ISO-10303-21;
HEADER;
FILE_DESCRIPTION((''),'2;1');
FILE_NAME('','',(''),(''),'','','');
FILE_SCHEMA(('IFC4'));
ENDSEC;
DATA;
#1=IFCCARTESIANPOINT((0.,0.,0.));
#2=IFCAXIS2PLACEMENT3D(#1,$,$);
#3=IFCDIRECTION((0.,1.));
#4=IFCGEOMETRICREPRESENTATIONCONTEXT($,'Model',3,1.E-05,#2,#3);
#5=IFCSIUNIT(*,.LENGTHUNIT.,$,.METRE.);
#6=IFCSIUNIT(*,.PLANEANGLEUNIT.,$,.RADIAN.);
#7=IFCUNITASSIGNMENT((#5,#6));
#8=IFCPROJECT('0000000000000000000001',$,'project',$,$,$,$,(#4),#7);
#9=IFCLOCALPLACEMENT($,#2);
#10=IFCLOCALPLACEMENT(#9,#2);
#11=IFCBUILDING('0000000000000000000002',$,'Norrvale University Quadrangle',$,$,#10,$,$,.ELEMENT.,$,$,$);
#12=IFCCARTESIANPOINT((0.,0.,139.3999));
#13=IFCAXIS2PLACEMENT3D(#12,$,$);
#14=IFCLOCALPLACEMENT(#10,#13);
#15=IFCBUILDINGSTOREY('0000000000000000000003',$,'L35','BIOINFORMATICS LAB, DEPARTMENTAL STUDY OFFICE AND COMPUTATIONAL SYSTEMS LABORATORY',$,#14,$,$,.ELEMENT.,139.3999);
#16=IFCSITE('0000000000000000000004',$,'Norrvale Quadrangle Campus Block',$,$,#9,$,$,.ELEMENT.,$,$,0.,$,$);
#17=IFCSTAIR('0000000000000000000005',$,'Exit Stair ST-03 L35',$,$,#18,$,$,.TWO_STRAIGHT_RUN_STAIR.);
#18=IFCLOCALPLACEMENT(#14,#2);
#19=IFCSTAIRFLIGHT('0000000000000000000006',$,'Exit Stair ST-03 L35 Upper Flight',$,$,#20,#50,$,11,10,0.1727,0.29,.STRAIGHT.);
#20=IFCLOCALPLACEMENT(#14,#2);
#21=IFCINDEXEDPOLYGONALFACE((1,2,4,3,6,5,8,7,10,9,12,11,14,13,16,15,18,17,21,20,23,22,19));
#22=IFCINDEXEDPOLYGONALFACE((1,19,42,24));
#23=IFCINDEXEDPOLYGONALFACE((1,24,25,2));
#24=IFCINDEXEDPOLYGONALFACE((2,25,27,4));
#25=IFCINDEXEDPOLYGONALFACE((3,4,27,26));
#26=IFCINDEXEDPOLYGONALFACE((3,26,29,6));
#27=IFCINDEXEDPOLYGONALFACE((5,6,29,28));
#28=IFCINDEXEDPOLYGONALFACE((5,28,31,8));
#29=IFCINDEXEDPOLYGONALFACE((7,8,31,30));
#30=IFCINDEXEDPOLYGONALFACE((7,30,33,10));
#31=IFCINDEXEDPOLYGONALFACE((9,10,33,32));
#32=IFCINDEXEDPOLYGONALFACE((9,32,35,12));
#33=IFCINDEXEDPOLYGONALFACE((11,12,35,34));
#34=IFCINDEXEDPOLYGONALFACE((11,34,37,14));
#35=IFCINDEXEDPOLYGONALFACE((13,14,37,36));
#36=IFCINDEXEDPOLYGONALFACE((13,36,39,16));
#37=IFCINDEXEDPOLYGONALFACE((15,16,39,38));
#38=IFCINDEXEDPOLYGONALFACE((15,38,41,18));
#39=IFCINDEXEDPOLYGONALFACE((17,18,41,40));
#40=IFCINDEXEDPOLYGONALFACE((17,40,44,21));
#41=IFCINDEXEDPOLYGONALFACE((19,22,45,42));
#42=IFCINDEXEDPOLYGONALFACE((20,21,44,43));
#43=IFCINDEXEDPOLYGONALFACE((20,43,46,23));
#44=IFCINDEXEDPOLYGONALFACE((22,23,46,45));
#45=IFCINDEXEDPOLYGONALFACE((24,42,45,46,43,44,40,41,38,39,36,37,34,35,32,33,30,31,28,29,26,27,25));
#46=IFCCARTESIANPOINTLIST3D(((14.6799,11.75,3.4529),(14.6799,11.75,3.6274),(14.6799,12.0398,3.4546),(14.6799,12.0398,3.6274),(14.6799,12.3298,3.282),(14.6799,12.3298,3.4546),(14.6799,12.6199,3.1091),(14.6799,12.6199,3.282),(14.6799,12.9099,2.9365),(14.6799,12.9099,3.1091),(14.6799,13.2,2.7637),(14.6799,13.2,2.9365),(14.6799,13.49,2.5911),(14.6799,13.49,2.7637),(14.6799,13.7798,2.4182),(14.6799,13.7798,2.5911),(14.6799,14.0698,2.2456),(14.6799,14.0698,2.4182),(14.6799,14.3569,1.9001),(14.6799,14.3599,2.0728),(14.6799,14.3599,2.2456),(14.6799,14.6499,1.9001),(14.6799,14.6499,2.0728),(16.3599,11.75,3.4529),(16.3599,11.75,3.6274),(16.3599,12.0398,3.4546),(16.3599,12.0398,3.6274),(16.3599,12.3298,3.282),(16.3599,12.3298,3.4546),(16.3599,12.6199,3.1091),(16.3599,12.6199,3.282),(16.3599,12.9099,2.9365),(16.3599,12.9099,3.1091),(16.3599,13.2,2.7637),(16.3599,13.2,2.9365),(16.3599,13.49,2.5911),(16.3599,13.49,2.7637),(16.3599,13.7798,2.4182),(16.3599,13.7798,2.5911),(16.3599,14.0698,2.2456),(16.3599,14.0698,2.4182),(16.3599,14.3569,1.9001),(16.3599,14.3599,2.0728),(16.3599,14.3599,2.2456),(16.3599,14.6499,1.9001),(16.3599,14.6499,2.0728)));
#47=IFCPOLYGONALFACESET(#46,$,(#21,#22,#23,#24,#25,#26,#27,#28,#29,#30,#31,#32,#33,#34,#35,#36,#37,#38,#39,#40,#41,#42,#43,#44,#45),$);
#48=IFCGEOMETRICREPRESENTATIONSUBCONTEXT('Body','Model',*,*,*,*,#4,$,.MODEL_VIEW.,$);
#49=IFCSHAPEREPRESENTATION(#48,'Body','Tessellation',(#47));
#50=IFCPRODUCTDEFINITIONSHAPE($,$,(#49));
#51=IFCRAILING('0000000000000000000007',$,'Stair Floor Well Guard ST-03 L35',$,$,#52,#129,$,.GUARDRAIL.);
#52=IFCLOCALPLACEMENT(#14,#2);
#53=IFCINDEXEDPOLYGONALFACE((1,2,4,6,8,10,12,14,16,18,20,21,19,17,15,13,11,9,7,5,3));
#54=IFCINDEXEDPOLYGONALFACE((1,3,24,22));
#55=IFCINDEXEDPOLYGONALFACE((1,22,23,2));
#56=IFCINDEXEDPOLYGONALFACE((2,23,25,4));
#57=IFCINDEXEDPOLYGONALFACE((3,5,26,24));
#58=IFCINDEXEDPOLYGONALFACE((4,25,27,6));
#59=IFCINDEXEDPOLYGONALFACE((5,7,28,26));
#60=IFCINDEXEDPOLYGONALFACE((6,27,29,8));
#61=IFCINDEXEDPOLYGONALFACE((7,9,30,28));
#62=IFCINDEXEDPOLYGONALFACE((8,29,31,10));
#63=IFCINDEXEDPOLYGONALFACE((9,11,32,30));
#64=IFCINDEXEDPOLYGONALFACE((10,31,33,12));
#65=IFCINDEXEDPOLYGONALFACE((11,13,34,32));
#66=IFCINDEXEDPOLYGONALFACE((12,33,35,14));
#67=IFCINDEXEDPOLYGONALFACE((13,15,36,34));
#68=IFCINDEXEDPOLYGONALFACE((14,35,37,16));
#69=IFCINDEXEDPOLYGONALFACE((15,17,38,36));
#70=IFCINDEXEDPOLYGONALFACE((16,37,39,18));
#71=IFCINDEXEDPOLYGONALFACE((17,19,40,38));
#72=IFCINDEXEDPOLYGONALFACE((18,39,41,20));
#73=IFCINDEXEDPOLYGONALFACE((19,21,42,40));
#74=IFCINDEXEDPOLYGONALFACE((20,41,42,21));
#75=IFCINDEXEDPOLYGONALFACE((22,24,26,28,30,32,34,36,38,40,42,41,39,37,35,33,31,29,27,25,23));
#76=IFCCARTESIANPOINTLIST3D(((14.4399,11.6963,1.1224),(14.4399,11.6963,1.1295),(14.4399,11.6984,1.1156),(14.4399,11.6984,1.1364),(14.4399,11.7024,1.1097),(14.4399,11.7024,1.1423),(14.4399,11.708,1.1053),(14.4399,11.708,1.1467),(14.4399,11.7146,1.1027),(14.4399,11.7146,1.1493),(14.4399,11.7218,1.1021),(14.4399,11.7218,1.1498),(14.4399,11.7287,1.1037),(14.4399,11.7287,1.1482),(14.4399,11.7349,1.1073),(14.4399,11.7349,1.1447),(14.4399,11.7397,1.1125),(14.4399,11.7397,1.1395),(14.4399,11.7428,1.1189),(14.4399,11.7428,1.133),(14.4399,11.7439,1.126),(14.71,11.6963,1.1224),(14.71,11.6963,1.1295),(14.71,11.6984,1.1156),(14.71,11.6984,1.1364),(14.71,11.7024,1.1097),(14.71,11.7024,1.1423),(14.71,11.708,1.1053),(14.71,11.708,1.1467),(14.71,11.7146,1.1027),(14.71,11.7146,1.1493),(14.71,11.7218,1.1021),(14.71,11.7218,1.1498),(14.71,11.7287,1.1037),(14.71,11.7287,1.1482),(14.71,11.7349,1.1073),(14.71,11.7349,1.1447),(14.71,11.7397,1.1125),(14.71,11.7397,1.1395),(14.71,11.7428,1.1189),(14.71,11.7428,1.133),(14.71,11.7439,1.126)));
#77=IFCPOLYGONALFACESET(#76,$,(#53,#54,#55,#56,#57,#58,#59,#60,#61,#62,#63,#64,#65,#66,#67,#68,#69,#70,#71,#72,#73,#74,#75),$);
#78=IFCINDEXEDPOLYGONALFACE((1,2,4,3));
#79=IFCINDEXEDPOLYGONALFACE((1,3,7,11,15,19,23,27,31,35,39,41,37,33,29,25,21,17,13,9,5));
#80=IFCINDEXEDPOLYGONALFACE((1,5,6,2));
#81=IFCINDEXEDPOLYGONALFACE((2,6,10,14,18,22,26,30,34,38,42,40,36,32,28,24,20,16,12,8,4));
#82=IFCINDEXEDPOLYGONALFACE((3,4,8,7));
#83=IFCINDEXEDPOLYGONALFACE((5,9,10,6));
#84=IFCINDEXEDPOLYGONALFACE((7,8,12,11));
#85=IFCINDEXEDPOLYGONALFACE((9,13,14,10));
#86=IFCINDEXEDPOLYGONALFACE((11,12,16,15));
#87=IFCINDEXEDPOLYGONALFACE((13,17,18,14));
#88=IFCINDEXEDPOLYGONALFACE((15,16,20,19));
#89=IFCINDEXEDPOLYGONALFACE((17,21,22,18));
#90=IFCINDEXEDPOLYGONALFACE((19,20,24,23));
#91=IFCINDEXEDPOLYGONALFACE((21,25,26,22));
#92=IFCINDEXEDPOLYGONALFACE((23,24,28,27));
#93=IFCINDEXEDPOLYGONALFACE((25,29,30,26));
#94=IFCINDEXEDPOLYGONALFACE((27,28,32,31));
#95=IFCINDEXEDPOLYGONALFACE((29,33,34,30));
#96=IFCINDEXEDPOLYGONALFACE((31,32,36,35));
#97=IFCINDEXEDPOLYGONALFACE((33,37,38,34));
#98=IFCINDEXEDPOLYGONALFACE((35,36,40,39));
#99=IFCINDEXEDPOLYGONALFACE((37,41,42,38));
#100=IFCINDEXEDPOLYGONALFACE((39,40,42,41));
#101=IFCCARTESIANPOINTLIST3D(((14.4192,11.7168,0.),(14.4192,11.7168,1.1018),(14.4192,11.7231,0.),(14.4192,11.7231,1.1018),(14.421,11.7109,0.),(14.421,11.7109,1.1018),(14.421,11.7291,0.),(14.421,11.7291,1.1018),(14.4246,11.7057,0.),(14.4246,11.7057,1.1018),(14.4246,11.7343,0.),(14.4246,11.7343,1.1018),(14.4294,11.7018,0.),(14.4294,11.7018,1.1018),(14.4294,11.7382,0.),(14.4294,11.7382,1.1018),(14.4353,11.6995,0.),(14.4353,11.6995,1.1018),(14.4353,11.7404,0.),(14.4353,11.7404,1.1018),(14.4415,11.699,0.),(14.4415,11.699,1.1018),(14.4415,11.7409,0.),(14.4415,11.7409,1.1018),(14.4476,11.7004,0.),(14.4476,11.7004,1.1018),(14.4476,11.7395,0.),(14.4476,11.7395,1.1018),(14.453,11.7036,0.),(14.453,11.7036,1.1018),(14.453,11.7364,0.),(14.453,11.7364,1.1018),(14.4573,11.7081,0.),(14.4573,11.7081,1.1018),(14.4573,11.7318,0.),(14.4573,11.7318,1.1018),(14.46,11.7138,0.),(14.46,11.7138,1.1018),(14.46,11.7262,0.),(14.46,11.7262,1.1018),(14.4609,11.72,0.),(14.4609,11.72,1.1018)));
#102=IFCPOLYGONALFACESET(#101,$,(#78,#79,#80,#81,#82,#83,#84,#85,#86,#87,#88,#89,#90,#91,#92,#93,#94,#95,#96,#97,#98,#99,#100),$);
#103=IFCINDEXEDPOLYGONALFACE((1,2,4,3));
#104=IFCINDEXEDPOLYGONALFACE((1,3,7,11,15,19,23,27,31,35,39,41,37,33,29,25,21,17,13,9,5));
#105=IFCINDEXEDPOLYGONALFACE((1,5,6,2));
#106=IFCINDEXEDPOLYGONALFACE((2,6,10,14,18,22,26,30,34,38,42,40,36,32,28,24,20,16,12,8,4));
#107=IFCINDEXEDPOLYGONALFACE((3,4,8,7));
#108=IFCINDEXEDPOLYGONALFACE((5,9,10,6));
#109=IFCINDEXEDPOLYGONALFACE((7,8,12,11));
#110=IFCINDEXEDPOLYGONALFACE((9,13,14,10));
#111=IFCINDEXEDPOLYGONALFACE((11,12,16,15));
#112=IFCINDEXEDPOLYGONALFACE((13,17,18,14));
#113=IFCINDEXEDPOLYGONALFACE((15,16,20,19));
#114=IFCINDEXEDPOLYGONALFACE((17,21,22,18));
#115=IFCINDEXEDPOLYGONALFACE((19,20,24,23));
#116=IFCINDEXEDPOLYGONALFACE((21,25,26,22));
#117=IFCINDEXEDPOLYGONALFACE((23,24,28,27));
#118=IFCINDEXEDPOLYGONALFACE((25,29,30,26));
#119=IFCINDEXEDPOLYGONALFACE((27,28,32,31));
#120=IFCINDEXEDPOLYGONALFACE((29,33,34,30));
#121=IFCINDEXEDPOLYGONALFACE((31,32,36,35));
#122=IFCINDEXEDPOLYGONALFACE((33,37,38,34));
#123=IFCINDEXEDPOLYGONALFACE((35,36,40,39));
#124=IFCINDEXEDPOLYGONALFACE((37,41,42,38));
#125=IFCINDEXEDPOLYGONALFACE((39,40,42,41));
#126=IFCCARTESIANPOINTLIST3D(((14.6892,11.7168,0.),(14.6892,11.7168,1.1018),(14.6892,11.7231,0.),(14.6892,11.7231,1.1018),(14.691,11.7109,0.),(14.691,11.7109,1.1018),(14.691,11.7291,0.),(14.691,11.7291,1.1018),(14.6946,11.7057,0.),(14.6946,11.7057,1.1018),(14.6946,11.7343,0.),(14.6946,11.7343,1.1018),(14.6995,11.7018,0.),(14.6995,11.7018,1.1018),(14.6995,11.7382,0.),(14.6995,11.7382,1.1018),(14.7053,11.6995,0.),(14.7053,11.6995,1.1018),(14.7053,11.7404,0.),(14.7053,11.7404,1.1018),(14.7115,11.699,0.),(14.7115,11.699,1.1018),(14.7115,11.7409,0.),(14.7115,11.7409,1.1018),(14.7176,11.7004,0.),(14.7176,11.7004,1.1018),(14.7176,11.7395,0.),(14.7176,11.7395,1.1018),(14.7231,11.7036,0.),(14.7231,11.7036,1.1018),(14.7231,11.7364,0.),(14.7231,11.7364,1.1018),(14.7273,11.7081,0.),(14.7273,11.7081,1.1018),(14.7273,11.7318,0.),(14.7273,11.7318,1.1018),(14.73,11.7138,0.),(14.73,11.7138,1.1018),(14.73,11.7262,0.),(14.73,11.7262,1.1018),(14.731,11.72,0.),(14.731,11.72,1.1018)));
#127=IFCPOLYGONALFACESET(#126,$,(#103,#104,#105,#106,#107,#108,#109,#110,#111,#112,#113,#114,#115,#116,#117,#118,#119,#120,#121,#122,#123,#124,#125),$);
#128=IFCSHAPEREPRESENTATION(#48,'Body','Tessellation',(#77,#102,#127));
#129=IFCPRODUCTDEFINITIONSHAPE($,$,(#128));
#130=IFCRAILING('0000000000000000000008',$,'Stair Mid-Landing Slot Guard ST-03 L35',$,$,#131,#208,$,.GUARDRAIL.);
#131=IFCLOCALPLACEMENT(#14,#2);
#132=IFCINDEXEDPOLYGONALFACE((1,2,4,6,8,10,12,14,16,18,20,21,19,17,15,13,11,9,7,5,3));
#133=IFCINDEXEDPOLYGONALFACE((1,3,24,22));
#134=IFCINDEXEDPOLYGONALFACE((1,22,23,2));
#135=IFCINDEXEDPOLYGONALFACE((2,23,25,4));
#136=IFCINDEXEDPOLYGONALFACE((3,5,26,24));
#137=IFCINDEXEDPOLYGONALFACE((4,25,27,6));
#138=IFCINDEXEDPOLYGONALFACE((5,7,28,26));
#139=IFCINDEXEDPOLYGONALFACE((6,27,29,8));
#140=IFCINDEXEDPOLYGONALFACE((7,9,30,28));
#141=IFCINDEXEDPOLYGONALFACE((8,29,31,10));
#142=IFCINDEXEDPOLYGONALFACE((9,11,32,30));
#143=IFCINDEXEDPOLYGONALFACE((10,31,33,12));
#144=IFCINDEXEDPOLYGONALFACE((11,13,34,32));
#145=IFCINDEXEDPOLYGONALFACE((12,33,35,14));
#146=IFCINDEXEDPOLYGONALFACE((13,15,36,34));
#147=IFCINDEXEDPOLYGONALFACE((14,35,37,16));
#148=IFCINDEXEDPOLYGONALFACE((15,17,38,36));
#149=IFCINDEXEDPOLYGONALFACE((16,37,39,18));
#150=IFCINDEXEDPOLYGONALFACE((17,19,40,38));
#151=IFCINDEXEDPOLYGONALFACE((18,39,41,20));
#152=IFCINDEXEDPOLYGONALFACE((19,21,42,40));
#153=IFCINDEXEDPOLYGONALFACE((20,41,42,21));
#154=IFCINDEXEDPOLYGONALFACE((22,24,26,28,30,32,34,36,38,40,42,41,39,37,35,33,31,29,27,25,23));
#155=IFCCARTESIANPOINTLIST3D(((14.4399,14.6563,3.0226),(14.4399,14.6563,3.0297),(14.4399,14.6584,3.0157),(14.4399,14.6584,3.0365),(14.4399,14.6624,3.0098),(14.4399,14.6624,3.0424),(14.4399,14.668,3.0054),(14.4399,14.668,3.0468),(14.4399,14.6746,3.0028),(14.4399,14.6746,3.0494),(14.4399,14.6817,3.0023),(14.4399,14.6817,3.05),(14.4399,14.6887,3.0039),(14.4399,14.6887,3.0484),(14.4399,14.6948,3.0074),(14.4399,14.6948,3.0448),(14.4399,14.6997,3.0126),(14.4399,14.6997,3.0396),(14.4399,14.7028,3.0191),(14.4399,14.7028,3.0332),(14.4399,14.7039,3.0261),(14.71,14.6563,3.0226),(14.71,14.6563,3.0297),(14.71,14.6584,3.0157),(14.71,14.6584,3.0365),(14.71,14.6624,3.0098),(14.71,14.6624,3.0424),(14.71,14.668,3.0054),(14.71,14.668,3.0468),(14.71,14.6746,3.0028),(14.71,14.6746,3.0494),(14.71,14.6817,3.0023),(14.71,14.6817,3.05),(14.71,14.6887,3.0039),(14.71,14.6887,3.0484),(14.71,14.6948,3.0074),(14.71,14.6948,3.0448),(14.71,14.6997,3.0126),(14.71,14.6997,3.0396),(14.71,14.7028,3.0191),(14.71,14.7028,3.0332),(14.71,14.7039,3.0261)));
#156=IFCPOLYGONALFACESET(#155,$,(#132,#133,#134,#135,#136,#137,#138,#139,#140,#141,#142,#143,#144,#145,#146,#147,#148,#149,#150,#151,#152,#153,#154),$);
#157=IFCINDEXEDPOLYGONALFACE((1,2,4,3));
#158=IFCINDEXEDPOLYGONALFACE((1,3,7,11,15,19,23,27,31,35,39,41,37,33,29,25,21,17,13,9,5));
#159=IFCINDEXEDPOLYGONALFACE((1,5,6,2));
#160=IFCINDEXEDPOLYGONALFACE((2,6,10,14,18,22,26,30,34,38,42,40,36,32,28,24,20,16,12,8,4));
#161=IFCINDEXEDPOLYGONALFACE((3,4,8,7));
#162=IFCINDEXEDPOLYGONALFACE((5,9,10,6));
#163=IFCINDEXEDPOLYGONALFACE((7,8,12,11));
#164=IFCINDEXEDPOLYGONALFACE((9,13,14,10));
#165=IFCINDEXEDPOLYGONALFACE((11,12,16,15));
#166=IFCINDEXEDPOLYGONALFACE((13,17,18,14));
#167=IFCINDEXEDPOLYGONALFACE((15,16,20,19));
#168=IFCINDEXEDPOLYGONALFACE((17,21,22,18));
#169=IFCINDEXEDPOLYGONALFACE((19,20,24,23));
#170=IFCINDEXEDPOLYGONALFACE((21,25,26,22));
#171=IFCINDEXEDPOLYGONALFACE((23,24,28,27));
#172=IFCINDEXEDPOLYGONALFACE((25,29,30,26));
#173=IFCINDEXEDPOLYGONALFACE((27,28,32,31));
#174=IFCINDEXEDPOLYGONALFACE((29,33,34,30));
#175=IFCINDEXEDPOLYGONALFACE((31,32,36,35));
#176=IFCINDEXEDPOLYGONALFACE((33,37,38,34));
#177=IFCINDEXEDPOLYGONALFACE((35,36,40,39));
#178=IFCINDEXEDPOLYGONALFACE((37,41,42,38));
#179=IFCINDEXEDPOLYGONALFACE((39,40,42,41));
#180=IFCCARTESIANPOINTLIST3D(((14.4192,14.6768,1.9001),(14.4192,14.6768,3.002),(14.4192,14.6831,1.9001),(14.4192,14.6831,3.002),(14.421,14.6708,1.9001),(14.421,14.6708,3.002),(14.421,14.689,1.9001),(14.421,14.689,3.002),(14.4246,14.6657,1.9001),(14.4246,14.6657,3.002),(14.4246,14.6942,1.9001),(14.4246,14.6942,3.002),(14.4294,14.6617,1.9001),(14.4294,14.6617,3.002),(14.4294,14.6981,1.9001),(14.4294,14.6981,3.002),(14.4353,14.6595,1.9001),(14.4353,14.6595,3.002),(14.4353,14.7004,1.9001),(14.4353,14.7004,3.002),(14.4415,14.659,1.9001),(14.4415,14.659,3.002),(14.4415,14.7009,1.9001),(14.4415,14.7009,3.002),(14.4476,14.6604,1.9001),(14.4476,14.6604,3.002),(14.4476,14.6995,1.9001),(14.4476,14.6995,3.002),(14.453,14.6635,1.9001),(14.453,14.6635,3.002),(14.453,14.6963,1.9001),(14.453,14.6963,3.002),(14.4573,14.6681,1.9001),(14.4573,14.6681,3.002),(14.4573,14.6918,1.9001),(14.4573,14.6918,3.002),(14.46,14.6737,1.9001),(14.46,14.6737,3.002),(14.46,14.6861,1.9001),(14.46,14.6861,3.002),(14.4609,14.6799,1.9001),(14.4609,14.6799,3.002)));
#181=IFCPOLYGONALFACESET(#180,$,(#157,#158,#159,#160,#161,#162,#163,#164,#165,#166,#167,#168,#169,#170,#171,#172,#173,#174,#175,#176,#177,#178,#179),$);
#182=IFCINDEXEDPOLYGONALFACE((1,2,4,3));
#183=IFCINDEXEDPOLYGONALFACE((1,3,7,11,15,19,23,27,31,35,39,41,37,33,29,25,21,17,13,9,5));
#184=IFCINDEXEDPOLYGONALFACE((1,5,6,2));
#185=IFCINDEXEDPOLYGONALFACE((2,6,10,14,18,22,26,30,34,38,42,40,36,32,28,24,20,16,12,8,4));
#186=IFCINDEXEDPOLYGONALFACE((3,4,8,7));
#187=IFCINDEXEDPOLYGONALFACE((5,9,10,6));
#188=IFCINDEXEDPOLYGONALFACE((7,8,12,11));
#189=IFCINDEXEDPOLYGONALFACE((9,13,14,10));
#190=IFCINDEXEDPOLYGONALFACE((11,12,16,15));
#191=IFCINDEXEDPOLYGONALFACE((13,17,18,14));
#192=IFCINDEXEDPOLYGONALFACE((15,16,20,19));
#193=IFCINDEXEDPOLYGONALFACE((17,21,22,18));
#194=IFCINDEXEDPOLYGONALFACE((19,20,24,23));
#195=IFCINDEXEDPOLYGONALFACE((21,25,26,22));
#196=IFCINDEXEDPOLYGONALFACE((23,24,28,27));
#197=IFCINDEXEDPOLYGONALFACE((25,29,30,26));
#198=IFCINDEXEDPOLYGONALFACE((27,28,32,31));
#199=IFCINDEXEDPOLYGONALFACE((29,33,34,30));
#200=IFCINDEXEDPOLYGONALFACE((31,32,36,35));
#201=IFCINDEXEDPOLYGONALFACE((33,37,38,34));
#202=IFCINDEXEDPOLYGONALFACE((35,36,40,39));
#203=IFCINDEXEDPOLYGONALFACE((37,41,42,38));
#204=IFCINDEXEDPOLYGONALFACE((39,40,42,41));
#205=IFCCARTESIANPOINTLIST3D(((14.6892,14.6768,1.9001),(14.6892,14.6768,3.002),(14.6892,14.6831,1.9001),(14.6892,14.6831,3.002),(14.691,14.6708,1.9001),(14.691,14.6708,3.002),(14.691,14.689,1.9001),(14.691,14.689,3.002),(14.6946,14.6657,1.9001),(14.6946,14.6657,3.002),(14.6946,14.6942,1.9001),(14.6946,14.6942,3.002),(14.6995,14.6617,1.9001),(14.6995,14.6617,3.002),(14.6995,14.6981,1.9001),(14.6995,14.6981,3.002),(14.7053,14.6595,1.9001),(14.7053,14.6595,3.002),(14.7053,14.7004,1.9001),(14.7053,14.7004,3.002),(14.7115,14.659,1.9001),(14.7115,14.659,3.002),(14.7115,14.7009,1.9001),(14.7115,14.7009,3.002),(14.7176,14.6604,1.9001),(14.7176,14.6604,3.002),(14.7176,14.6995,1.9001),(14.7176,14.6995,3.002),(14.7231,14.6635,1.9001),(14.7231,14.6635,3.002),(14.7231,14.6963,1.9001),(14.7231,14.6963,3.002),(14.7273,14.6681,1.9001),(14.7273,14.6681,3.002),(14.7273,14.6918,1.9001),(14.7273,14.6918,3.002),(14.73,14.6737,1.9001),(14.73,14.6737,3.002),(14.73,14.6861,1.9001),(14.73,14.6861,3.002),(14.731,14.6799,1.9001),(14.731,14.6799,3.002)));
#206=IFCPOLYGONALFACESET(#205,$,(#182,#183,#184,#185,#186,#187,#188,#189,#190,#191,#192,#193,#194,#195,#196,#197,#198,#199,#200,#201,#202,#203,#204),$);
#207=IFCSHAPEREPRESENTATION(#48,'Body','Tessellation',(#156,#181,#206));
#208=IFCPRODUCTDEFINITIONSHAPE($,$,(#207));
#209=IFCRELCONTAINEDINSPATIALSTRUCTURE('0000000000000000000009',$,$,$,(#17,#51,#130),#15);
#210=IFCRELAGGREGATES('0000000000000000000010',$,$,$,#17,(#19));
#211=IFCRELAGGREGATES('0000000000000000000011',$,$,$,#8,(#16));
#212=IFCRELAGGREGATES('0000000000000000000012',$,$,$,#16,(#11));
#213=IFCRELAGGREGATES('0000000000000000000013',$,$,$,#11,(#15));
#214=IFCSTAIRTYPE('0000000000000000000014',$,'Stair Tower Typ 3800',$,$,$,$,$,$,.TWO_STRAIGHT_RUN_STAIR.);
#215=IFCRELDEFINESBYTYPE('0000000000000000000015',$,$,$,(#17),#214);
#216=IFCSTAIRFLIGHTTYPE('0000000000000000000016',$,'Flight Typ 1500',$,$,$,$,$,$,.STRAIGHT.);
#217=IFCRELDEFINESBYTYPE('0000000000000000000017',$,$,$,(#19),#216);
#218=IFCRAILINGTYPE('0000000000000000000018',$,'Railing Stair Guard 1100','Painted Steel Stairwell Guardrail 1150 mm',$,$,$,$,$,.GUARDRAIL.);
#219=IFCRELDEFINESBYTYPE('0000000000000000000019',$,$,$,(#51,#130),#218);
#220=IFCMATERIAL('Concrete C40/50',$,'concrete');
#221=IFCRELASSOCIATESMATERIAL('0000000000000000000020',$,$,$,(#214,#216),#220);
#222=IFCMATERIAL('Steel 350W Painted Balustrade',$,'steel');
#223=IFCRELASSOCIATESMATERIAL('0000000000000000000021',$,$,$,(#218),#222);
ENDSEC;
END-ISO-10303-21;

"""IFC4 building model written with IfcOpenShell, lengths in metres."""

from ifc_helpers import new_model, si_unit, direction, frame, origin, origin_2d, place, context, subcontext, project, spatial, polyline, circle, outline, extrude, material, type_object, element, aggregate, save


model = new_model("IFC4")

# Units and contexts
model_context = context("Model", 3, precision=1e-05, world=origin(), true_north=direction((0.0, 1.0)))
body_context = subcontext(model_context, "Body", "Model", "MODEL_VIEW")
ifc_project = project(units=[si_unit("LENGTHUNIT", "METRE"), si_unit("PLANEANGLEUNIT", "RADIAN")], contexts=[model_context])

# Site, building, storey
site_placement = place(None, origin())
site = spatial("IfcSite", under=ifc_project, at=site_placement, Name="Norrvale Quadrangle Campus Block", CompositionType="ELEMENT", RefElevation=0.0)
building_placement = place(site_placement, origin())
building = spatial("IfcBuilding", under=site, at=building_placement, Name="Norrvale University Quadrangle", CompositionType="ELEMENT")
storey_placement = place(building_placement, frame((0.0, 0.0, 139.3999)))
storey = spatial("IfcBuildingStorey", under=building, at=storey_placement, Name="L35", Description="BIOINFORMATICS LAB, DEPARTMENTAL STUDY OFFICE AND COMPUTATIONAL SYSTEMS LABORATORY", CompositionType="ELEMENT", Elevation=139.3999)

# Stair, stair flight
ifc_material_1 = material(Name="Concrete C40/50", Category="concrete")
stair_type = type_object("IfcStairType", Name="Stair Tower Typ 3800", PredefinedType="TWO_STRAIGHT_RUN_STAIR", material=ifc_material_1)
stair_placement = place(storey_placement, origin())
stair = element("IfcStair", 1, at=stair_placement, inside=storey, type_object=stair_type, Name="Exit Stair ST-03 L35", PredefinedType="TWO_STRAIGHT_RUN_STAIR")
stair_flight_type = type_object("IfcStairFlightType", Name="Flight Typ 1500", PredefinedType="STRAIGHT", material=ifc_material_1)
stair_flight_1_placement = place(storey_placement, frame((15.52, 14.6499, 1.9001), z_axis=(0.0, 0.0, 1.0), x_axis=(0.0, -1.0, 0.0)))
stair_flight_1 = element("IfcStairFlight", 2, at=stair_flight_1_placement, type_object=stair_flight_type, Name="Exit Stair ST-03 L35 Upper Flight", NumberOfRisers=11, NumberOfTreads=10, PredefinedType="STRAIGHT", RiserHeight=0.1727, TreadLength=0.29, context=body_context, shape_type="SweptSolid", body=[
    extrude(outline(polyline([(0.0, 0.0), (0.0, 0.1726), (0.29, 0.1726), (0.29, 0.3455), (0.5801, 0.3455), (0.5801, 0.5181), (0.8701, 0.5181), (0.8701, 0.6909), (1.1599, 0.6909), (1.1599, 0.8635), (1.45, 0.8635), (1.45, 1.0364), (1.74, 1.0364), (1.74, 1.209), (2.03, 1.209), (2.03, 1.3818), (2.3201, 1.3818), (2.3201, 1.5544), (2.6101, 1.5544), (2.6101, 1.7273), (2.8999, 1.7273), (2.8999, 1.8999), (2.8999, 1.5527), (0.293, 0.0), (0.0, 0.0)])), frame((0.0, 0.8398, 0.0), z_axis=(0.0, -1.0, 0.0), x_axis=(1.0, 0.0, 0.0)), (0.0, 0.0, 1.0), 1.6799),
])
aggregate(stair, [stair_flight_1])

# Railings
ifc_material_2 = material(Name="Steel 350W Painted Balustrade", Category="steel")
railing_type_1 = type_object("IfcRailingType", Name="Railing Stair Guard 1100", Description="Painted Steel Stairwell Guardrail 1150 mm", PredefinedType="GUARDRAIL", material=ifc_material_2)
for number, where, name in (
    (3, (14.4399, 11.72, 0.0), "Stair Floor Well Guard ST-03 L35"),
    (4, (14.4399, 14.6799, 1.9001), "Stair Mid-Landing Slot Guard ST-03 L35"),
):
    element("IfcRailing", number, at=place(storey_placement, frame(where)), inside=storey, type_object=railing_type_1, Name=name, PredefinedType="GUARDRAIL", context=body_context, shape_type="SweptSolid", body=[
        extrude(circle(Radius=0.0239, at=origin_2d()), frame((0.0, 0.0, 1.126), z_axis=(1.0, 0.0, 0.0), x_axis=(0.0, 1.0, 0.0)), (0.0, 0.0, 1.0), 0.27),
        extrude(circle(Radius=0.021, at=origin_2d()), origin(), (0.0, 0.0, 1.0), 1.1018),
        extrude(circle(Radius=0.021, at=origin_2d()), frame((0.27, 0.0, 0.0)), (0.0, 0.0, 1.0), 1.1018),
    ])

save(model, "model.ifc")
